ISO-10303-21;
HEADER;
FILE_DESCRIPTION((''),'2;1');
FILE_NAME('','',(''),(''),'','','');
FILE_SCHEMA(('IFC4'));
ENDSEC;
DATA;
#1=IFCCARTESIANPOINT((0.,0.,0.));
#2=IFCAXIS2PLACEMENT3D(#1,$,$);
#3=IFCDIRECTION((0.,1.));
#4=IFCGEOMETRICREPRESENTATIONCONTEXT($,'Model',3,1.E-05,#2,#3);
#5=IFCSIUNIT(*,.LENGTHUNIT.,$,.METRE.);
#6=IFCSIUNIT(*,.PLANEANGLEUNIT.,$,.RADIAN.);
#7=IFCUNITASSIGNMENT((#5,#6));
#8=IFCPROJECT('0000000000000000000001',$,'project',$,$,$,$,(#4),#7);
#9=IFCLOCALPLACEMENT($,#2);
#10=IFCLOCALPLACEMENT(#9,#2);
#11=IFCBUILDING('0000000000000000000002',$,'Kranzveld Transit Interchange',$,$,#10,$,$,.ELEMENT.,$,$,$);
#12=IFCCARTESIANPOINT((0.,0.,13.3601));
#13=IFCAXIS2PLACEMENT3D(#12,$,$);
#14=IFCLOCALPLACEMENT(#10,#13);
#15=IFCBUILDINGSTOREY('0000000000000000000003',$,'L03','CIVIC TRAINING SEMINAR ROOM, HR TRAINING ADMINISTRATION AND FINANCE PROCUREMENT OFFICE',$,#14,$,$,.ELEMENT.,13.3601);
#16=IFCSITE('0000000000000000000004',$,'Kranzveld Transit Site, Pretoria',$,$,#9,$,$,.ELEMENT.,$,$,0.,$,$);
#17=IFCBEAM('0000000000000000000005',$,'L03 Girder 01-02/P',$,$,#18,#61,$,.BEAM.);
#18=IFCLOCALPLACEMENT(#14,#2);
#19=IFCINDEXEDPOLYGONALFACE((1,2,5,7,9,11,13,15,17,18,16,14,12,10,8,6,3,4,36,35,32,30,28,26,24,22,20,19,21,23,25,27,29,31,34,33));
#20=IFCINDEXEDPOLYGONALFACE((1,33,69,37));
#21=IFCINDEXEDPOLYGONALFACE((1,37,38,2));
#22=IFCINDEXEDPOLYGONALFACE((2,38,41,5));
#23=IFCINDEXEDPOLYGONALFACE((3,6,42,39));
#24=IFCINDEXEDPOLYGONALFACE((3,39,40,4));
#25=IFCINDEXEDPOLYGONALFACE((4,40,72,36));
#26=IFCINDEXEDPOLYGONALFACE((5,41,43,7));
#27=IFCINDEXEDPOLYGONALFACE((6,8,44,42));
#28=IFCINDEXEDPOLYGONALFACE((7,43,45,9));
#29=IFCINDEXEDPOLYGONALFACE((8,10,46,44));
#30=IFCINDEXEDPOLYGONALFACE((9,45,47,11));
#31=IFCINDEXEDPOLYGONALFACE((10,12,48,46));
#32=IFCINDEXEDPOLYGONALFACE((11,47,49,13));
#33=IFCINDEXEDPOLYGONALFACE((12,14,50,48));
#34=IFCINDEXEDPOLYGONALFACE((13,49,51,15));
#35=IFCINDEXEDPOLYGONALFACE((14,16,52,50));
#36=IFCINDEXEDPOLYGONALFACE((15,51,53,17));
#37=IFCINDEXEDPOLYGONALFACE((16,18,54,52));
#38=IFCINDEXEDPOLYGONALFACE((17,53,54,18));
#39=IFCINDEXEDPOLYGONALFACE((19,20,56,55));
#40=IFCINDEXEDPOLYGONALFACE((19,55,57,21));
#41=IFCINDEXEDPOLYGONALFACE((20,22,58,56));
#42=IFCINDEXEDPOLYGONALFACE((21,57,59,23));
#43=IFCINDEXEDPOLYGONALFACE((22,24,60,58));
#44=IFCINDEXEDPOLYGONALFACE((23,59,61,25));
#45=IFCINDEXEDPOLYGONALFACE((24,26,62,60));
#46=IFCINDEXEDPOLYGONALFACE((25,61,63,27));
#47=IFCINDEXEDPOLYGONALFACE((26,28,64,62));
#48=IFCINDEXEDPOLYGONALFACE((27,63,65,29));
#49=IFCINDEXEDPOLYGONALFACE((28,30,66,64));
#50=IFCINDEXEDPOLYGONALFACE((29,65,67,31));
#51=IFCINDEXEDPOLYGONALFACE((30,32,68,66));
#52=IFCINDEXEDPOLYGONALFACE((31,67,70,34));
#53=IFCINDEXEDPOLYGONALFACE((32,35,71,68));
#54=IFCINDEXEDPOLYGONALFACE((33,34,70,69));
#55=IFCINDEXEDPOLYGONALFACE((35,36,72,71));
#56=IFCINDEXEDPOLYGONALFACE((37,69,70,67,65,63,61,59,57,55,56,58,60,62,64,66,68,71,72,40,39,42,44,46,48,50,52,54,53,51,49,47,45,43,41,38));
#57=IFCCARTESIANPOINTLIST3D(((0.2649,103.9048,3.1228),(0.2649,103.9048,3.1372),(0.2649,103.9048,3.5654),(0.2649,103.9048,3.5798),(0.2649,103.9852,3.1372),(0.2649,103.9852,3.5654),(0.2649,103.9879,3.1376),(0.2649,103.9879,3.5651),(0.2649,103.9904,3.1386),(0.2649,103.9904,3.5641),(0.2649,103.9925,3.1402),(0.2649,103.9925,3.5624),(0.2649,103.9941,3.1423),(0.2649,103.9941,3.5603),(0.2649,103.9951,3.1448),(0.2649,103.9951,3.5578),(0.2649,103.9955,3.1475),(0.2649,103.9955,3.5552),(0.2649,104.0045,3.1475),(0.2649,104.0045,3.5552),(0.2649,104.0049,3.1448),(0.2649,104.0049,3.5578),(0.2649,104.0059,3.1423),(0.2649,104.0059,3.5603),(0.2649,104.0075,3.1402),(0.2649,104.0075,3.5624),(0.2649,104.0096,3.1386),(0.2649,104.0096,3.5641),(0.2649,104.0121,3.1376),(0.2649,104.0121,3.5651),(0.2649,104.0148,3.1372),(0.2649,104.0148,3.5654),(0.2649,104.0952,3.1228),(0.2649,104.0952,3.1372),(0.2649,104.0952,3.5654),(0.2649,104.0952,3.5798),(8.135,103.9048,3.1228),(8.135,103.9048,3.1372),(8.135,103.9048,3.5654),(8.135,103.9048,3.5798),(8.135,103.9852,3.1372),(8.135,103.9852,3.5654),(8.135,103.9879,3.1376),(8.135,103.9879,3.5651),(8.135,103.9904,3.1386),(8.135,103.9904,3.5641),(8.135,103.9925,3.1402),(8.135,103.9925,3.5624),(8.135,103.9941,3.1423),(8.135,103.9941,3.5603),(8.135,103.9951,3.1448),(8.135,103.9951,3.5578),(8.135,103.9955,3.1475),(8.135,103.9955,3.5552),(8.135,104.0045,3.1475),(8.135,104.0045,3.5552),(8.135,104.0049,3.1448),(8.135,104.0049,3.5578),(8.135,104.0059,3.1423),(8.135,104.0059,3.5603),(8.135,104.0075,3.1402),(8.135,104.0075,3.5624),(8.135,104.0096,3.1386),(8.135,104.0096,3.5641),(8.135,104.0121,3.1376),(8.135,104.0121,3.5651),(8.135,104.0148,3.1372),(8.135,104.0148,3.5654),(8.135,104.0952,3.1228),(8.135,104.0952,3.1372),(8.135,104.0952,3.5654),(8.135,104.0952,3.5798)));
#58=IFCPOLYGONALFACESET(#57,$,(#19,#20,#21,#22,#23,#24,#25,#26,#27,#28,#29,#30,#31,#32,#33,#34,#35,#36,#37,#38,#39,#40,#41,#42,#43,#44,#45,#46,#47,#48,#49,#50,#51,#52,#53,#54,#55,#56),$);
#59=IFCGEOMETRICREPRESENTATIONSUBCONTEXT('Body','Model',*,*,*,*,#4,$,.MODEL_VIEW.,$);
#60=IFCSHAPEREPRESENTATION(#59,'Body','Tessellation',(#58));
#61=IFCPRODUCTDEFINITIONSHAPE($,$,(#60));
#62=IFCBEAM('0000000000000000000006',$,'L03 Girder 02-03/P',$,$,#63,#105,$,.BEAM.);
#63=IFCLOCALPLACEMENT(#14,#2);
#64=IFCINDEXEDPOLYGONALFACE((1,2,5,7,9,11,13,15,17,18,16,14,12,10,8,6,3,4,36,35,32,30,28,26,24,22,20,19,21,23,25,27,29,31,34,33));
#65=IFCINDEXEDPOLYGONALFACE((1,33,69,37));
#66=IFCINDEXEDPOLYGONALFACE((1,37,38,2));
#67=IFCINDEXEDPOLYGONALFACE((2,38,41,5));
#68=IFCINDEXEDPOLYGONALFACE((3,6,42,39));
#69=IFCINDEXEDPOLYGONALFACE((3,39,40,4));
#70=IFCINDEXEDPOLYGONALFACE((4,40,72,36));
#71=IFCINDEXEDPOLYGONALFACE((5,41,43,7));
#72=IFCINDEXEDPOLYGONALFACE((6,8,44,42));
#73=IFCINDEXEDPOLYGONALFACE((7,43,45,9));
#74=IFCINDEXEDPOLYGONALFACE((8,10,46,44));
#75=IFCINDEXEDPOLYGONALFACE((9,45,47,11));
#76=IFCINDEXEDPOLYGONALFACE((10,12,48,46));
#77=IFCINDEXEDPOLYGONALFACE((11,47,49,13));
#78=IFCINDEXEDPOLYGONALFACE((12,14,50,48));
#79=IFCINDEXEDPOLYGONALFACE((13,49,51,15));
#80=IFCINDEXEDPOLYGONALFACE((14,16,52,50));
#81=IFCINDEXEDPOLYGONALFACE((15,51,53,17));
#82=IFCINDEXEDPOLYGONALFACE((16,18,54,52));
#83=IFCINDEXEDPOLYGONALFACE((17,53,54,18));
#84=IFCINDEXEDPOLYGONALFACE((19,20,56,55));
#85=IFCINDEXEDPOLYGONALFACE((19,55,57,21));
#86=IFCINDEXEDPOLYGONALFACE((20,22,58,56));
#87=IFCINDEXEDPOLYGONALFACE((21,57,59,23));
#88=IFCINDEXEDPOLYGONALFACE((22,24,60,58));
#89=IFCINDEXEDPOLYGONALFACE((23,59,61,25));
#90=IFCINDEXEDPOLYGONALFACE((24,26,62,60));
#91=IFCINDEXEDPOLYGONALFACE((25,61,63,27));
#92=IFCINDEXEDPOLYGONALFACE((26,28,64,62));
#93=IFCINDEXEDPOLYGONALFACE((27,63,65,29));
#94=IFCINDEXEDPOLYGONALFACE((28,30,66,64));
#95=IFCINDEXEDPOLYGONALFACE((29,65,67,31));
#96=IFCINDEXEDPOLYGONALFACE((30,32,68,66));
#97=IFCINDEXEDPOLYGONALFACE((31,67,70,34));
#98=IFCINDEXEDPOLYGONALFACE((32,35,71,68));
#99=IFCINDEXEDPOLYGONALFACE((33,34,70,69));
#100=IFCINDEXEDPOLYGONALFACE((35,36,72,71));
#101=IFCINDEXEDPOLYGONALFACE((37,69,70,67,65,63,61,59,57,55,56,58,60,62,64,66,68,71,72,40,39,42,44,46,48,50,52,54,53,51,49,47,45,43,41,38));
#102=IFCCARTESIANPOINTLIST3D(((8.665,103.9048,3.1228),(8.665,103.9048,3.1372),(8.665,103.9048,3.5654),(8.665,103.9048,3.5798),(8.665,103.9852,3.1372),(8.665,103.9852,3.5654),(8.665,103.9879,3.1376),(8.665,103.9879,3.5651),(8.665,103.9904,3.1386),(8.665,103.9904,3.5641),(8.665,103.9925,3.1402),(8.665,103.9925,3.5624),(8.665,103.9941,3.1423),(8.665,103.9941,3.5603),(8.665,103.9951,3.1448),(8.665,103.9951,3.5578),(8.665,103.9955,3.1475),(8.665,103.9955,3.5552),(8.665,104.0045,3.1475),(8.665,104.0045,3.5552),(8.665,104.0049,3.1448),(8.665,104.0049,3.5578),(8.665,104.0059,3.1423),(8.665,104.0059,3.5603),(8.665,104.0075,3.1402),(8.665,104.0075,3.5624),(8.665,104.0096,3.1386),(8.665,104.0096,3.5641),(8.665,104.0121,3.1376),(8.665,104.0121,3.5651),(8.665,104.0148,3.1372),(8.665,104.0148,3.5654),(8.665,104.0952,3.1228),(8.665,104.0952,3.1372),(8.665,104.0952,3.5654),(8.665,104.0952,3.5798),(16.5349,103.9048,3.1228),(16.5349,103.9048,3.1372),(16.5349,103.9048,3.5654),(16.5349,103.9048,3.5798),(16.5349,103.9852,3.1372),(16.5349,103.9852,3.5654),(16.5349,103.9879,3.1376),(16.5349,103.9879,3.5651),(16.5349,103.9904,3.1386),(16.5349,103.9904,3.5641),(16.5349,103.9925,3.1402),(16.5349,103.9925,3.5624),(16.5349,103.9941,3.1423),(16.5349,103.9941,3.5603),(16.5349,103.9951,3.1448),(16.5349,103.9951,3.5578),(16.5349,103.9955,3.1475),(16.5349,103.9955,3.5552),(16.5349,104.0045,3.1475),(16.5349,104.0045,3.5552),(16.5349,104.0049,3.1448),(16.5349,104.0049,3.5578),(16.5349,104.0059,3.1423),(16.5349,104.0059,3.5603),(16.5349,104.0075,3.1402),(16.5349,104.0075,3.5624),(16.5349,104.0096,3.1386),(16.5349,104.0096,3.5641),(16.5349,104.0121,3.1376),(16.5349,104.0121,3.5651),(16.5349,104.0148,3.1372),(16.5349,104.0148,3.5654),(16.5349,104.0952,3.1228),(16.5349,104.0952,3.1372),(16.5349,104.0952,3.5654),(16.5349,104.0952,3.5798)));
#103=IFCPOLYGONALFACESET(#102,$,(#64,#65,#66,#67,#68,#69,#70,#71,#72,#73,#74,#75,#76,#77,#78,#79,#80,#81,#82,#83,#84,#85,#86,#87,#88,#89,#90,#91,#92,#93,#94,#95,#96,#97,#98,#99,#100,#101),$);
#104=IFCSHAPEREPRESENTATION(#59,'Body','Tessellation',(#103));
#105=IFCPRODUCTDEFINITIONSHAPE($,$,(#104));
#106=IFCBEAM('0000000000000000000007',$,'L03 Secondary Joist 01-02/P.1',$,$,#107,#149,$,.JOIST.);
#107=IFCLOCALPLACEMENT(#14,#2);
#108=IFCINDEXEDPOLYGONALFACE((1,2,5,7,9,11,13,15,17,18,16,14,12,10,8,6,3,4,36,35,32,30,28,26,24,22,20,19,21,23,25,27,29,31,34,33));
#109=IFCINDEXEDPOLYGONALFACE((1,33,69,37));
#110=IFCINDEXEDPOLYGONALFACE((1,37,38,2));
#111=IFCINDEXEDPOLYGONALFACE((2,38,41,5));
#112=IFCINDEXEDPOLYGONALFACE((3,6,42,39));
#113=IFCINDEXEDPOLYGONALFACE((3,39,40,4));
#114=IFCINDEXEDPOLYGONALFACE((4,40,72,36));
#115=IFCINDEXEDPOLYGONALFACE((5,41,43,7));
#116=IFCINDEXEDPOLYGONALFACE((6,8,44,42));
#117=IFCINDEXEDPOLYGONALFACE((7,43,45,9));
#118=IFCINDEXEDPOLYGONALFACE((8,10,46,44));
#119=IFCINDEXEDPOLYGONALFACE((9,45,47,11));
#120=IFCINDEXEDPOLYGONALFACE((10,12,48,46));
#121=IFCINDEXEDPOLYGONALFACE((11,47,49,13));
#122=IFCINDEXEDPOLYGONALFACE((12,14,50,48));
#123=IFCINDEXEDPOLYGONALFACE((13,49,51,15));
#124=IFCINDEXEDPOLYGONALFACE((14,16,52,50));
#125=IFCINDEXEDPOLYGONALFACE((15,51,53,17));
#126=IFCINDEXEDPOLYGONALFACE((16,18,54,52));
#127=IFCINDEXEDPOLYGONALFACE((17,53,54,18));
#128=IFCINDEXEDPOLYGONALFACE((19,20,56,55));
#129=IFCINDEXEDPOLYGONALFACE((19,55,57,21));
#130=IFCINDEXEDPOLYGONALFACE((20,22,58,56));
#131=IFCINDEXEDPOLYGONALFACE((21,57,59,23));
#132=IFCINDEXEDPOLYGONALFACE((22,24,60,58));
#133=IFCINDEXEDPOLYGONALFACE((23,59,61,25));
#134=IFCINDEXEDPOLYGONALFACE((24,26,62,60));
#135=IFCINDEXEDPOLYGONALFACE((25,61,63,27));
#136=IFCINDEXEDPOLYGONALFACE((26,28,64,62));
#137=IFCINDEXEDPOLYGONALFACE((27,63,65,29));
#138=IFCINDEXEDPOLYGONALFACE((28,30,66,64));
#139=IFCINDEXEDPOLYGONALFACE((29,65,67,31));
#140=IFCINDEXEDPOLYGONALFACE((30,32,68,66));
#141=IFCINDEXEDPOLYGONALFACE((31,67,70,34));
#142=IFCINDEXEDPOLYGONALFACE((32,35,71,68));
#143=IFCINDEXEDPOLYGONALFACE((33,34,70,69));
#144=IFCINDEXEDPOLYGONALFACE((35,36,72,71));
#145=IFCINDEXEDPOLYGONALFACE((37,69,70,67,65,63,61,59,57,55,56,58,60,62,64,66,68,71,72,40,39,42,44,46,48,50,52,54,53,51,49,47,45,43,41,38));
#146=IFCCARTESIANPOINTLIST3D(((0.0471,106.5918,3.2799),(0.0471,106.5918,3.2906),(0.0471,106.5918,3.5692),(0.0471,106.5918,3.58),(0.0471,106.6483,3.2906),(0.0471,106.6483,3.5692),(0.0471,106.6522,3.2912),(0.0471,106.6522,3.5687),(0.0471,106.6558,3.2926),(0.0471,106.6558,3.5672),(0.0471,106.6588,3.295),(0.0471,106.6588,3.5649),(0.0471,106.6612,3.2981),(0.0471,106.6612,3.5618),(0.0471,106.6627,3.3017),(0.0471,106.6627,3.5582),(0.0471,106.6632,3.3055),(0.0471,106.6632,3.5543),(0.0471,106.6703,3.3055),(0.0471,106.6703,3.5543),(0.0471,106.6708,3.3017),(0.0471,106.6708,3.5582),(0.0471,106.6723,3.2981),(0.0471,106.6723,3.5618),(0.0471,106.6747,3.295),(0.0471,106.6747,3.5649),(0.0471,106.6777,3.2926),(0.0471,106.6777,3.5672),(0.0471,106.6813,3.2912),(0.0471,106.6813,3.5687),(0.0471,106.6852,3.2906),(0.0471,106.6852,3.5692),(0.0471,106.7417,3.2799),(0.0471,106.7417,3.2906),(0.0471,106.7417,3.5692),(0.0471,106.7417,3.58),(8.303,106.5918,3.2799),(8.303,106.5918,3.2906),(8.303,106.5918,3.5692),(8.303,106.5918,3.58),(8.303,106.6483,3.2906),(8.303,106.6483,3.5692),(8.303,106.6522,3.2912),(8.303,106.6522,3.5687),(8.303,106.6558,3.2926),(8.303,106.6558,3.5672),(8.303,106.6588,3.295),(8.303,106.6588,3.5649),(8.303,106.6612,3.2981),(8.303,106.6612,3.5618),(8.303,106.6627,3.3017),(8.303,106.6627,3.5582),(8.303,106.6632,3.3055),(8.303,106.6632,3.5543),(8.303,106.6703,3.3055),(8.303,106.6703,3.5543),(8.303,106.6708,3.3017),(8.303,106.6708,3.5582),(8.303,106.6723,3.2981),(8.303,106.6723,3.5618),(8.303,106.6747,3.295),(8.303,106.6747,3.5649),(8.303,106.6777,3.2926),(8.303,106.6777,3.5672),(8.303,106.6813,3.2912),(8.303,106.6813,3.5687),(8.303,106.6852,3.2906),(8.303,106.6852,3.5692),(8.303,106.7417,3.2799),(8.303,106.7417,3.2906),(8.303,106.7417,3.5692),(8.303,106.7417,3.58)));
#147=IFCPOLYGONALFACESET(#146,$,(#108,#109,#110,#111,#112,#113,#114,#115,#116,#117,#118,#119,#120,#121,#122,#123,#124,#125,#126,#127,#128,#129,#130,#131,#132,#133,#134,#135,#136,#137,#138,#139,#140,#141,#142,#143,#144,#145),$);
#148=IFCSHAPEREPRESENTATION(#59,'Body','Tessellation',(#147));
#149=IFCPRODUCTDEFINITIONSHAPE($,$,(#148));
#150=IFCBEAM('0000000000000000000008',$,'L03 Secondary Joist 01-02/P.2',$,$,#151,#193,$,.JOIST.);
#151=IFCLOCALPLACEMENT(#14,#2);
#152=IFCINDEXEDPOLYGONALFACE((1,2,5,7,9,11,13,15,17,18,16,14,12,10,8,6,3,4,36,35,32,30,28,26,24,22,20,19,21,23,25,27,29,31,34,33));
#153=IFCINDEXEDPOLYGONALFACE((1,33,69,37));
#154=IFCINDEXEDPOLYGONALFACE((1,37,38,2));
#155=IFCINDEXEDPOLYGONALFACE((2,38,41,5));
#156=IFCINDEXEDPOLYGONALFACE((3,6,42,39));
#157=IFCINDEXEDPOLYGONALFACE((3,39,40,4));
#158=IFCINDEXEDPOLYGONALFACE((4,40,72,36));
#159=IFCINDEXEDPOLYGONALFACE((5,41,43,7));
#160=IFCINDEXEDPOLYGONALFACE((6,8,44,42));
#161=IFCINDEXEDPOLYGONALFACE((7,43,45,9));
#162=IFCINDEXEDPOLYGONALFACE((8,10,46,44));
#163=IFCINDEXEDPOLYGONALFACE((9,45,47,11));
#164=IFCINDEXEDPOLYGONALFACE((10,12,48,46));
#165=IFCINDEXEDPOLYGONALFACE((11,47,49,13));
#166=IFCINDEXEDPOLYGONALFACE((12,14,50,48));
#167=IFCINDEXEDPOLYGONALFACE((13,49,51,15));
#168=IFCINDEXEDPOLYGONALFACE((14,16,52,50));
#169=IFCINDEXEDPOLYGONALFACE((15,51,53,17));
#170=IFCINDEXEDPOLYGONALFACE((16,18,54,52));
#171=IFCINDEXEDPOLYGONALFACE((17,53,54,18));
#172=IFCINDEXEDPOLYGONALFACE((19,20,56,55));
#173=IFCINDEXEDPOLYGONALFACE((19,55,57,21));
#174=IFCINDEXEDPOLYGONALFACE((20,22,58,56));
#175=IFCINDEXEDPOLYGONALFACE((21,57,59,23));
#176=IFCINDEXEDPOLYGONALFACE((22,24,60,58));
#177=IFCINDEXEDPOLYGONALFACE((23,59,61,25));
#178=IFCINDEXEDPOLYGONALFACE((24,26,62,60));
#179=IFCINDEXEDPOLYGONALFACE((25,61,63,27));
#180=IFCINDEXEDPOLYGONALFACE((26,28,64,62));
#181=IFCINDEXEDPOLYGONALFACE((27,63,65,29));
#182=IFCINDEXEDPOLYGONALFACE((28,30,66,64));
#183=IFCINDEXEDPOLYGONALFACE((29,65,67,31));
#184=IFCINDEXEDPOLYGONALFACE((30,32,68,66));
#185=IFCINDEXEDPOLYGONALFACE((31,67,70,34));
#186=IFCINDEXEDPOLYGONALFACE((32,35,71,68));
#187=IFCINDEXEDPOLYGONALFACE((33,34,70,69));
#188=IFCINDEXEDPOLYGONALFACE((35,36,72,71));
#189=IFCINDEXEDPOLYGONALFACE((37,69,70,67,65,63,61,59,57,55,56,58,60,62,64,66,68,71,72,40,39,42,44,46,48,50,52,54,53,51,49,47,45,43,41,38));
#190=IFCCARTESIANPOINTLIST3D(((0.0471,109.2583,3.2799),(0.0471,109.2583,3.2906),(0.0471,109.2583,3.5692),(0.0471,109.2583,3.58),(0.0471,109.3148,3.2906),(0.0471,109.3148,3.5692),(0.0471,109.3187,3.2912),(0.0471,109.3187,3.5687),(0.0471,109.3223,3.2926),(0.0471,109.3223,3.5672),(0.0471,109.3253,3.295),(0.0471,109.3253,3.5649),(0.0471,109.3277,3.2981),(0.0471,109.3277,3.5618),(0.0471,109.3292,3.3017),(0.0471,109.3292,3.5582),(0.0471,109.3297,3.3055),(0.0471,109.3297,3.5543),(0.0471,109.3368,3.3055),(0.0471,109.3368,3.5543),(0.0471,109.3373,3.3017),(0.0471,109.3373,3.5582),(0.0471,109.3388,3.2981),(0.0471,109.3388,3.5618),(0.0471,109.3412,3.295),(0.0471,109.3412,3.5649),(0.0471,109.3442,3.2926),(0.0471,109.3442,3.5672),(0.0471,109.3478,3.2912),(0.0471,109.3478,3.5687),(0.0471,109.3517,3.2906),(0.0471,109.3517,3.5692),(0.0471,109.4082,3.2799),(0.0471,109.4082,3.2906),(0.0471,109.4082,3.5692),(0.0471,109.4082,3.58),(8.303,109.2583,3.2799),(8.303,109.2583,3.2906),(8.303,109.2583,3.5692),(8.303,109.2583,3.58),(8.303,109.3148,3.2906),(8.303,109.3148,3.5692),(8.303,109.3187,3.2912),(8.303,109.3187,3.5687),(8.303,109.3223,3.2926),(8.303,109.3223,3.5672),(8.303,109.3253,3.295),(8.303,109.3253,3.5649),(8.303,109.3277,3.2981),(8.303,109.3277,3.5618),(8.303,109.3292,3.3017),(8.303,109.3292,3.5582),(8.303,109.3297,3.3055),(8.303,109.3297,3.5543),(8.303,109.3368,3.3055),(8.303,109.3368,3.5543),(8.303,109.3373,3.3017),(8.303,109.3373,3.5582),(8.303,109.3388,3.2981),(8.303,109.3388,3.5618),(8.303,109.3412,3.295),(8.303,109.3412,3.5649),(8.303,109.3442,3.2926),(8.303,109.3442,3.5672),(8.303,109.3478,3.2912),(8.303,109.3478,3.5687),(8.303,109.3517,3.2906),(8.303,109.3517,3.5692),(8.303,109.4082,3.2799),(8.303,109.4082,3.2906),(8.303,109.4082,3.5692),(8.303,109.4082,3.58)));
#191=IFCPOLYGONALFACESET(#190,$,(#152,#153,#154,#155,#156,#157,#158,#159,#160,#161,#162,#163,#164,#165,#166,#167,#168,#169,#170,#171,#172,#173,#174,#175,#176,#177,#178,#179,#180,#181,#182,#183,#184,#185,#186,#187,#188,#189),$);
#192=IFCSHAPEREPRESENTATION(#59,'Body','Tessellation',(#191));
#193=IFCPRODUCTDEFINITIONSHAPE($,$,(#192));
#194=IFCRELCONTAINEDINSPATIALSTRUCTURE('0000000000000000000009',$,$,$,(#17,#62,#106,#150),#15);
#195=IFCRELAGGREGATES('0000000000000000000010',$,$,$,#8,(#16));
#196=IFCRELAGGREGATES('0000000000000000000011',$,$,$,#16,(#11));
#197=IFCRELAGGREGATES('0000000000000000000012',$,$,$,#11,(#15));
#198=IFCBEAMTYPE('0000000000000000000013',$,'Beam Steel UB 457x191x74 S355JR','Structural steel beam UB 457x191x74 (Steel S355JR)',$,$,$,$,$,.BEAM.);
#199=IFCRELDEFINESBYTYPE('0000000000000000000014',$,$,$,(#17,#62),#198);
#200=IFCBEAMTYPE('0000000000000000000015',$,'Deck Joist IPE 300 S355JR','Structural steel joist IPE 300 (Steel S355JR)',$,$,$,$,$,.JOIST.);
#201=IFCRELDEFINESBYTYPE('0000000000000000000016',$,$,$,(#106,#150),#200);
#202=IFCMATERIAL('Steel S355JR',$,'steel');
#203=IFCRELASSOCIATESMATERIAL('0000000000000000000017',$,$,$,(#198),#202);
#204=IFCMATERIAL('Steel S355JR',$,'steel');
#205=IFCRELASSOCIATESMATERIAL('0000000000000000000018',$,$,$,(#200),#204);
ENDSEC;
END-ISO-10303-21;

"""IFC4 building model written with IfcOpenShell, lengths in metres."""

from ifc_helpers import new_model, si_unit, direction, frame, origin, origin_2d, place, context, subcontext, project, spatial, i_section, extrude, material, material_profile, profile_set, type_object, element, save


model = new_model("IFC4")

# Units and contexts
model_context = context("Model", 3, precision=1e-05, world=origin(), true_north=direction((0.0, 1.0)))
body_context = subcontext(model_context, "Body", "Model", "MODEL_VIEW")
ifc_project = project(units=[si_unit("LENGTHUNIT", "METRE"), si_unit("PLANEANGLEUNIT", "RADIAN")], contexts=[model_context])

# Site, building, storey
site_placement = place(None, origin())
site = spatial("IfcSite", under=ifc_project, at=site_placement, Name="Kranzveld Transit Site, Pretoria", CompositionType="ELEMENT", RefElevation=0.0)
building_placement = place(site_placement, origin())
building = spatial("IfcBuilding", under=site, at=building_placement, Name="Kranzveld Transit Interchange", CompositionType="ELEMENT")
storey_placement = place(building_placement, frame((0.0, 0.0, 13.3601)))
storey = spatial("IfcBuildingStorey", under=building, at=storey_placement, Name="L03", Description="CIVIC TRAINING SEMINAR ROOM, HR TRAINING ADMINISTRATION AND FINANCE PROCUREMENT OFFICE", CompositionType="ELEMENT", Elevation=13.3601)

# Beams
ifc_material_1 = material(Name="Steel S355JR", Category="steel")
ifc_material_profile_1 = material_profile(ifc_material_1, i_section(OverallWidth=0.1904, OverallDepth=0.457, WebThickness=0.009, FlangeThickness=0.0144, FilletRadius=0.0103, at=origin_2d()), Name="UB 457x191x74")
ifc_profile_set_1 = profile_set([ifc_material_profile_1], Name="Steel S355JR")
beam_type_1 = type_object("IfcBeamType", Name="Beam Steel UB 457x191x74 S355JR", Description="Structural steel beam UB 457x191x74 (Steel S355JR)", PredefinedType="BEAM", material=ifc_profile_set_1)
beam_1_placement = place(storey_placement, frame((0.2649, 104.0, 3.3513), z_axis=(1.0, 0.0, 0.0), x_axis=(0.0, 1.0, 0.0)))
element("IfcBeam", 1, at=beam_1_placement, inside=storey, type_object=beam_type_1, Name="L03 Girder 01-02/P", PredefinedType="BEAM", context=body_context, shape_type="SweptSolid", body=[
    extrude(i_section(OverallWidth=0.1904, OverallDepth=0.457, WebThickness=0.009, FlangeThickness=0.0144, FilletRadius=0.0103, at=origin_2d()), origin(), (0.0, 0.0, 1.0), 7.8701),
])
beam_2_placement = place(storey_placement, frame((8.665, 104.0, 3.3513), z_axis=(1.0, 0.0, 0.0), x_axis=(0.0, 1.0, 0.0)))
element("IfcBeam", 2, at=beam_2_placement, inside=storey, type_object=beam_type_1, Name="L03 Girder 02-03/P", PredefinedType="BEAM", context=body_context, shape_type="SweptSolid", body=[
    extrude(i_section(OverallWidth=0.1904, OverallDepth=0.457, WebThickness=0.009, FlangeThickness=0.0144, FilletRadius=0.0103, at=origin_2d()), origin(), (0.0, 0.0, 1.0), 7.8699),
])
ifc_material_2 = material(Name="Steel S355JR", Category="steel")
ifc_material_profile_2 = material_profile(ifc_material_2, i_section(OverallWidth=0.1499, OverallDepth=0.3, WebThickness=0.0071, FlangeThickness=0.0107, FilletRadius=0.0149, at=origin_2d()), Name="IPE 300")
ifc_profile_set_2 = profile_set([ifc_material_profile_2], Name="Steel S355JR")
beam_type_2 = type_object("IfcBeamType", Name="Deck Joist IPE 300 S355JR", Description="Structural steel joist IPE 300 (Steel S355JR)", PredefinedType="JOIST", material=ifc_profile_set_2)
for number, where, z_axis, x_axis, name in (
    (3, (0.0471, 106.6667, 3.4299), (1.0, 0.0, 0.0), (0.0, 1.0, 0.0), "L03 Secondary Joist 01-02/P.1"),
    (4, (0.0471, 109.3333, 3.4299), (1.0, 0.0, 0.0), (0.0, 1.0, 0.0), "L03 Secondary Joist 01-02/P.2"),
):
    element("IfcBeam", number, at=place(storey_placement, frame(where, z_axis=z_axis, x_axis=x_axis)), inside=storey, type_object=beam_type_2, Name=name, PredefinedType="JOIST", context=body_context, shape_type="SweptSolid", body=[
        extrude(i_section(OverallWidth=0.1499, OverallDepth=0.3, WebThickness=0.0071, FlangeThickness=0.0107, FilletRadius=0.0149, at=origin_2d()), origin(), (0.0, 0.0, 1.0), 8.2559),
    ])

save(model, "model.ifc")
